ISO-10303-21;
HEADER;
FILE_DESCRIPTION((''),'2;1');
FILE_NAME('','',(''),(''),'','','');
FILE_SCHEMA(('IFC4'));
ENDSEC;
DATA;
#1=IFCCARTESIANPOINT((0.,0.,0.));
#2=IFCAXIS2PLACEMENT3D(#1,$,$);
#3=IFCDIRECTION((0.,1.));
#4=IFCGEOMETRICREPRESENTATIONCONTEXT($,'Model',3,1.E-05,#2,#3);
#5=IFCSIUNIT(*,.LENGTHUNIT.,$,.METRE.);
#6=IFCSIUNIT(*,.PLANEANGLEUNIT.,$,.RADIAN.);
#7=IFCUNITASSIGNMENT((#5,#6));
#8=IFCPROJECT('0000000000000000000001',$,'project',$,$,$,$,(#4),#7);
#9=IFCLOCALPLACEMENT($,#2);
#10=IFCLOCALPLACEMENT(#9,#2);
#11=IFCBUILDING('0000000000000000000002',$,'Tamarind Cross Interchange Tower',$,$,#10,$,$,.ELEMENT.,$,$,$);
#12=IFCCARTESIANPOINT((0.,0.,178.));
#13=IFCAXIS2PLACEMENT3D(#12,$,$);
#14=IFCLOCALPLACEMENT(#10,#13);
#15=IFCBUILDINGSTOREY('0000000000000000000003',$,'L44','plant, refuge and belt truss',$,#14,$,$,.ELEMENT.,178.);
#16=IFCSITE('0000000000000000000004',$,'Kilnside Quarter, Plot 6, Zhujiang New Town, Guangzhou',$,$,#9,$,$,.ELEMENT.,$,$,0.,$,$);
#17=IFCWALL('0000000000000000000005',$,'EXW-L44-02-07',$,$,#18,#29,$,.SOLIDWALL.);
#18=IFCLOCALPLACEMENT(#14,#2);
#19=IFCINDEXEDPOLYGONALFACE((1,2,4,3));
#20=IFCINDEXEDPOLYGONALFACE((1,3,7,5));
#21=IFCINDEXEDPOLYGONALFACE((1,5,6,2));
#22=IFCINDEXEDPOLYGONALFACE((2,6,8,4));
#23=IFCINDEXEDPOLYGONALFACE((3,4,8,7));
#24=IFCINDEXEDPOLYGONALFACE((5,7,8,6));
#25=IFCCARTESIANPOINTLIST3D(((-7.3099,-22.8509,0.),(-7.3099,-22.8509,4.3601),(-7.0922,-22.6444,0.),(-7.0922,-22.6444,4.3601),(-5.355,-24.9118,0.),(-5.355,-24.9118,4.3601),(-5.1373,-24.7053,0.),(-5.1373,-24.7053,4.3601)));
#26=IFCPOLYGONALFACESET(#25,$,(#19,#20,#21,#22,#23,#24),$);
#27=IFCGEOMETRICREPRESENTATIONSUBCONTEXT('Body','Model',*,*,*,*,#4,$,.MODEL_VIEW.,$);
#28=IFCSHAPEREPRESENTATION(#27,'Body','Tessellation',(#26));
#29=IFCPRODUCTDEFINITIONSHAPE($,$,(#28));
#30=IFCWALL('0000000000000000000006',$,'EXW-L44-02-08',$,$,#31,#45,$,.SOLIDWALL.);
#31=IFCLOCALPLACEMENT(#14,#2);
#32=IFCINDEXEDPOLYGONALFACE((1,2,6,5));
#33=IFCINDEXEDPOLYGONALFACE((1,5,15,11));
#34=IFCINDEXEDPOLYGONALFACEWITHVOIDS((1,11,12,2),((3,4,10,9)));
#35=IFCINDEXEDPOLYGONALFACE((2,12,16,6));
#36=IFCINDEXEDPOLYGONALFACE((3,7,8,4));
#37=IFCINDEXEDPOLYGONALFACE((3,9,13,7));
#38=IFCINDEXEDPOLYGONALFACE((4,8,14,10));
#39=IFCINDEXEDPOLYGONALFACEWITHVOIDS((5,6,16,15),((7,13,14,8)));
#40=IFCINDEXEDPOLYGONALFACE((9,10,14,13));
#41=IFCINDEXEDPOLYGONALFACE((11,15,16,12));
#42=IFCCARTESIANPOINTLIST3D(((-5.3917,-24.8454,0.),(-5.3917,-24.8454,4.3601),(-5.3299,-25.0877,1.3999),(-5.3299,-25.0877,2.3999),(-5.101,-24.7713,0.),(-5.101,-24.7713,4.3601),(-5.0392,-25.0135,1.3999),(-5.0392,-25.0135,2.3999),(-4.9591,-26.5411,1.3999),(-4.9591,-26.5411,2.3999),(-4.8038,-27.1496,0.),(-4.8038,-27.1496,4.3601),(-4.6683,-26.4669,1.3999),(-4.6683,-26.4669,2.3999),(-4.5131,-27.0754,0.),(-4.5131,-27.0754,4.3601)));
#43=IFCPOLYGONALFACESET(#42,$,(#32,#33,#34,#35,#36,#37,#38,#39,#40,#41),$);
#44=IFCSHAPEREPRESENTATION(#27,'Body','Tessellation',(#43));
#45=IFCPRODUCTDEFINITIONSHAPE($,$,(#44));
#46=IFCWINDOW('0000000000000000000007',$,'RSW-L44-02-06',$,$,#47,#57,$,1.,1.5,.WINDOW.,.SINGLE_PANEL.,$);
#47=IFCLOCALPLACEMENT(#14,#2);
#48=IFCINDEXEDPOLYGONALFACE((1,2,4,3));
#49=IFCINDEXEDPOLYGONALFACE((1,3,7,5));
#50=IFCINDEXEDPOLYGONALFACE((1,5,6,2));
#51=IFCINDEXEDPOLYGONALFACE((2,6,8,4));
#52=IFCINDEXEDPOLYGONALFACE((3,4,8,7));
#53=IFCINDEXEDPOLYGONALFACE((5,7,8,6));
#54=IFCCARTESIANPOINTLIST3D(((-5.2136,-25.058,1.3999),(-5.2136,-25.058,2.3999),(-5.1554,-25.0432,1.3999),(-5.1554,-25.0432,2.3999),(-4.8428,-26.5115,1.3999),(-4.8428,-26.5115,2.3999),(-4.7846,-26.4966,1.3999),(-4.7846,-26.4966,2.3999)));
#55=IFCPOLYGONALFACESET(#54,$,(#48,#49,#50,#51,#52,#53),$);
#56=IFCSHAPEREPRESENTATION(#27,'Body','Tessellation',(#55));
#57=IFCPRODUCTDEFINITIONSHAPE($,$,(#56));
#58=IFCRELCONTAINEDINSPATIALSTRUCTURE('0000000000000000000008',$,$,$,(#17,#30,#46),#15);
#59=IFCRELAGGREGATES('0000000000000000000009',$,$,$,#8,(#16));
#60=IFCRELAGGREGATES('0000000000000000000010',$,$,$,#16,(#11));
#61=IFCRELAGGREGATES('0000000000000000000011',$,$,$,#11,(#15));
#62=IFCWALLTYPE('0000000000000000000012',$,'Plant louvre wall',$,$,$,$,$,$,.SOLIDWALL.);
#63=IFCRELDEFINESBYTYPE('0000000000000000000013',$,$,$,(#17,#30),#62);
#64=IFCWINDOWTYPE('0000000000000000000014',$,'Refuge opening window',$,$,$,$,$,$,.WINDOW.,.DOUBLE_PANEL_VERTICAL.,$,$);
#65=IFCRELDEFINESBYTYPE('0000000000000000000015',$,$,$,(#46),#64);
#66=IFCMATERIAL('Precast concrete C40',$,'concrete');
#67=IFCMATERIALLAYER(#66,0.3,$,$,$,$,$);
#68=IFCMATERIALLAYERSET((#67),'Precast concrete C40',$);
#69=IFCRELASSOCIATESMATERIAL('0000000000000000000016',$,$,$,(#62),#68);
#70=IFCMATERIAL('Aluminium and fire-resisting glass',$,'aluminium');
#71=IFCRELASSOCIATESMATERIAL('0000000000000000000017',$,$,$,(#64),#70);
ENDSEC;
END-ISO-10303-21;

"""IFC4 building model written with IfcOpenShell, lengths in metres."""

from ifc_helpers import new_model, si_unit, direction, frame, frame_2d, origin, place, context, subcontext, project, spatial, rectangle, extrude, material, layer, layer_set, type_object, element, fill, save


model = new_model("IFC4")

# Units and contexts
model_context = context("Model", 3, precision=1e-05, world=origin(), true_north=direction((0.0, 1.0)))
body_context = subcontext(model_context, "Body", "Model", "MODEL_VIEW")
ifc_project = project(units=[si_unit("LENGTHUNIT", "METRE"), si_unit("PLANEANGLEUNIT", "RADIAN")], contexts=[model_context])

# Site, building, storey
site_placement = place(None, origin())
site = spatial("IfcSite", under=ifc_project, at=site_placement, Name="Kilnside Quarter, Plot 6, Zhujiang New Town, Guangzhou", CompositionType="ELEMENT", RefElevation=0.0)
building_placement = place(site_placement, origin())
building = spatial("IfcBuilding", under=site, at=building_placement, Name="Tamarind Cross Interchange Tower", CompositionType="ELEMENT")
storey_placement = place(building_placement, frame((0.0, 0.0, 178.0)))
storey = spatial("IfcBuildingStorey", under=building, at=storey_placement, Name="L44", Description="plant, refuge and belt truss", CompositionType="ELEMENT", Elevation=178.0)

# Wall
ifc_material_1 = material(Name="Precast concrete C40", Category="concrete")
ifc_layer_1 = layer(ifc_material_1, 0.3)
ifc_layer_set_1 = layer_set([ifc_layer_1], Name="Precast concrete C40")
wall_type_1 = type_object("IfcWallType", Name="Plant louvre wall", PredefinedType="SOLIDWALL", material=ifc_layer_set_1)
wall_1_placement = place(storey_placement, frame((-7.2012, -22.7476, 0.0), z_axis=(0.0, 0.0, 1.0), x_axis=(0.688209, -0.725512, 0.0)))
element("IfcWall", 1, at=wall_1_placement, inside=storey, type_object=wall_type_1, Name="EXW-L44-02-07", PredefinedType="SOLIDWALL", context=body_context, shape_type="SweptSolid", body=[
    extrude(rectangle(XDim=2.8406, YDim=0.3, at=frame_2d((1.4204, 0.0))), origin(), (0.0, 0.0, 1.0), 4.3601),
])

# Wall, opening, window
wall_2_placement = place(storey_placement, frame((-5.2463, -24.8083, 0.0), z_axis=(0.0, 0.0, 1.0), x_axis=(0.247219, -0.96896, 0.0)))
wall_2 = element("IfcWall", 2, at=wall_2_placement, inside=storey, type_object=wall_type_1, Name="EXW-L44-02-08", PredefinedType="SOLIDWALL", context=body_context, shape_type="SweptSolid", body=[
    extrude(rectangle(XDim=2.3779, YDim=0.3, at=frame_2d((1.189, 0.0))), origin(), (0.0, 0.0, 1.0), 4.3601),
])
opening_1_placement = place(wall_2_placement, frame((0.25, 0.0, 1.3999)))
opening_1 = element("IfcOpeningElement", 3, at=opening_1_placement, cuts=wall_2, PredefinedType="OPENING", context=body_context, shape_type="SweptSolid", body=[
    extrude(rectangle(XDim=1.5, YDim=1.0, at=frame_2d((0.75, 0.5))), frame((0.0, 0.1599, 0.0), z_axis=(0.0, -1.0, 0.0), x_axis=(1.0, 0.0, 0.0)), (0.0, 0.0, 1.0), 0.3201),
])
ifc_material_2 = material(Name="Aluminium and fire-resisting glass", Category="aluminium")
window_type_1 = type_object("IfcWindowType", Name="Refuge opening window", PartitioningType="DOUBLE_PANEL_VERTICAL", PredefinedType="WINDOW", material=ifc_material_2)
window_1_placement = place(opening_1_placement, origin())
window_1 = element("IfcWindow", 4, at=window_1_placement, inside=storey, type_object=window_type_1, Name="RSW-L44-02-06", OverallHeight=1.0, OverallWidth=1.5, PartitioningType="SINGLE_PANEL", PredefinedType="WINDOW", context=body_context, shape_type="SweptSolid", body=[
    extrude(rectangle(XDim=1.5, YDim=1.0, at=frame_2d((0.75, 0.5))), frame((0.0, 0.03, 0.0), z_axis=(0.0, -1.0, 0.0), x_axis=(1.0, 0.0, 0.0)), (0.0, 0.0, 1.0), 0.0601),
])
fill(opening_1, window_1)

save(model, "model.ifc")
